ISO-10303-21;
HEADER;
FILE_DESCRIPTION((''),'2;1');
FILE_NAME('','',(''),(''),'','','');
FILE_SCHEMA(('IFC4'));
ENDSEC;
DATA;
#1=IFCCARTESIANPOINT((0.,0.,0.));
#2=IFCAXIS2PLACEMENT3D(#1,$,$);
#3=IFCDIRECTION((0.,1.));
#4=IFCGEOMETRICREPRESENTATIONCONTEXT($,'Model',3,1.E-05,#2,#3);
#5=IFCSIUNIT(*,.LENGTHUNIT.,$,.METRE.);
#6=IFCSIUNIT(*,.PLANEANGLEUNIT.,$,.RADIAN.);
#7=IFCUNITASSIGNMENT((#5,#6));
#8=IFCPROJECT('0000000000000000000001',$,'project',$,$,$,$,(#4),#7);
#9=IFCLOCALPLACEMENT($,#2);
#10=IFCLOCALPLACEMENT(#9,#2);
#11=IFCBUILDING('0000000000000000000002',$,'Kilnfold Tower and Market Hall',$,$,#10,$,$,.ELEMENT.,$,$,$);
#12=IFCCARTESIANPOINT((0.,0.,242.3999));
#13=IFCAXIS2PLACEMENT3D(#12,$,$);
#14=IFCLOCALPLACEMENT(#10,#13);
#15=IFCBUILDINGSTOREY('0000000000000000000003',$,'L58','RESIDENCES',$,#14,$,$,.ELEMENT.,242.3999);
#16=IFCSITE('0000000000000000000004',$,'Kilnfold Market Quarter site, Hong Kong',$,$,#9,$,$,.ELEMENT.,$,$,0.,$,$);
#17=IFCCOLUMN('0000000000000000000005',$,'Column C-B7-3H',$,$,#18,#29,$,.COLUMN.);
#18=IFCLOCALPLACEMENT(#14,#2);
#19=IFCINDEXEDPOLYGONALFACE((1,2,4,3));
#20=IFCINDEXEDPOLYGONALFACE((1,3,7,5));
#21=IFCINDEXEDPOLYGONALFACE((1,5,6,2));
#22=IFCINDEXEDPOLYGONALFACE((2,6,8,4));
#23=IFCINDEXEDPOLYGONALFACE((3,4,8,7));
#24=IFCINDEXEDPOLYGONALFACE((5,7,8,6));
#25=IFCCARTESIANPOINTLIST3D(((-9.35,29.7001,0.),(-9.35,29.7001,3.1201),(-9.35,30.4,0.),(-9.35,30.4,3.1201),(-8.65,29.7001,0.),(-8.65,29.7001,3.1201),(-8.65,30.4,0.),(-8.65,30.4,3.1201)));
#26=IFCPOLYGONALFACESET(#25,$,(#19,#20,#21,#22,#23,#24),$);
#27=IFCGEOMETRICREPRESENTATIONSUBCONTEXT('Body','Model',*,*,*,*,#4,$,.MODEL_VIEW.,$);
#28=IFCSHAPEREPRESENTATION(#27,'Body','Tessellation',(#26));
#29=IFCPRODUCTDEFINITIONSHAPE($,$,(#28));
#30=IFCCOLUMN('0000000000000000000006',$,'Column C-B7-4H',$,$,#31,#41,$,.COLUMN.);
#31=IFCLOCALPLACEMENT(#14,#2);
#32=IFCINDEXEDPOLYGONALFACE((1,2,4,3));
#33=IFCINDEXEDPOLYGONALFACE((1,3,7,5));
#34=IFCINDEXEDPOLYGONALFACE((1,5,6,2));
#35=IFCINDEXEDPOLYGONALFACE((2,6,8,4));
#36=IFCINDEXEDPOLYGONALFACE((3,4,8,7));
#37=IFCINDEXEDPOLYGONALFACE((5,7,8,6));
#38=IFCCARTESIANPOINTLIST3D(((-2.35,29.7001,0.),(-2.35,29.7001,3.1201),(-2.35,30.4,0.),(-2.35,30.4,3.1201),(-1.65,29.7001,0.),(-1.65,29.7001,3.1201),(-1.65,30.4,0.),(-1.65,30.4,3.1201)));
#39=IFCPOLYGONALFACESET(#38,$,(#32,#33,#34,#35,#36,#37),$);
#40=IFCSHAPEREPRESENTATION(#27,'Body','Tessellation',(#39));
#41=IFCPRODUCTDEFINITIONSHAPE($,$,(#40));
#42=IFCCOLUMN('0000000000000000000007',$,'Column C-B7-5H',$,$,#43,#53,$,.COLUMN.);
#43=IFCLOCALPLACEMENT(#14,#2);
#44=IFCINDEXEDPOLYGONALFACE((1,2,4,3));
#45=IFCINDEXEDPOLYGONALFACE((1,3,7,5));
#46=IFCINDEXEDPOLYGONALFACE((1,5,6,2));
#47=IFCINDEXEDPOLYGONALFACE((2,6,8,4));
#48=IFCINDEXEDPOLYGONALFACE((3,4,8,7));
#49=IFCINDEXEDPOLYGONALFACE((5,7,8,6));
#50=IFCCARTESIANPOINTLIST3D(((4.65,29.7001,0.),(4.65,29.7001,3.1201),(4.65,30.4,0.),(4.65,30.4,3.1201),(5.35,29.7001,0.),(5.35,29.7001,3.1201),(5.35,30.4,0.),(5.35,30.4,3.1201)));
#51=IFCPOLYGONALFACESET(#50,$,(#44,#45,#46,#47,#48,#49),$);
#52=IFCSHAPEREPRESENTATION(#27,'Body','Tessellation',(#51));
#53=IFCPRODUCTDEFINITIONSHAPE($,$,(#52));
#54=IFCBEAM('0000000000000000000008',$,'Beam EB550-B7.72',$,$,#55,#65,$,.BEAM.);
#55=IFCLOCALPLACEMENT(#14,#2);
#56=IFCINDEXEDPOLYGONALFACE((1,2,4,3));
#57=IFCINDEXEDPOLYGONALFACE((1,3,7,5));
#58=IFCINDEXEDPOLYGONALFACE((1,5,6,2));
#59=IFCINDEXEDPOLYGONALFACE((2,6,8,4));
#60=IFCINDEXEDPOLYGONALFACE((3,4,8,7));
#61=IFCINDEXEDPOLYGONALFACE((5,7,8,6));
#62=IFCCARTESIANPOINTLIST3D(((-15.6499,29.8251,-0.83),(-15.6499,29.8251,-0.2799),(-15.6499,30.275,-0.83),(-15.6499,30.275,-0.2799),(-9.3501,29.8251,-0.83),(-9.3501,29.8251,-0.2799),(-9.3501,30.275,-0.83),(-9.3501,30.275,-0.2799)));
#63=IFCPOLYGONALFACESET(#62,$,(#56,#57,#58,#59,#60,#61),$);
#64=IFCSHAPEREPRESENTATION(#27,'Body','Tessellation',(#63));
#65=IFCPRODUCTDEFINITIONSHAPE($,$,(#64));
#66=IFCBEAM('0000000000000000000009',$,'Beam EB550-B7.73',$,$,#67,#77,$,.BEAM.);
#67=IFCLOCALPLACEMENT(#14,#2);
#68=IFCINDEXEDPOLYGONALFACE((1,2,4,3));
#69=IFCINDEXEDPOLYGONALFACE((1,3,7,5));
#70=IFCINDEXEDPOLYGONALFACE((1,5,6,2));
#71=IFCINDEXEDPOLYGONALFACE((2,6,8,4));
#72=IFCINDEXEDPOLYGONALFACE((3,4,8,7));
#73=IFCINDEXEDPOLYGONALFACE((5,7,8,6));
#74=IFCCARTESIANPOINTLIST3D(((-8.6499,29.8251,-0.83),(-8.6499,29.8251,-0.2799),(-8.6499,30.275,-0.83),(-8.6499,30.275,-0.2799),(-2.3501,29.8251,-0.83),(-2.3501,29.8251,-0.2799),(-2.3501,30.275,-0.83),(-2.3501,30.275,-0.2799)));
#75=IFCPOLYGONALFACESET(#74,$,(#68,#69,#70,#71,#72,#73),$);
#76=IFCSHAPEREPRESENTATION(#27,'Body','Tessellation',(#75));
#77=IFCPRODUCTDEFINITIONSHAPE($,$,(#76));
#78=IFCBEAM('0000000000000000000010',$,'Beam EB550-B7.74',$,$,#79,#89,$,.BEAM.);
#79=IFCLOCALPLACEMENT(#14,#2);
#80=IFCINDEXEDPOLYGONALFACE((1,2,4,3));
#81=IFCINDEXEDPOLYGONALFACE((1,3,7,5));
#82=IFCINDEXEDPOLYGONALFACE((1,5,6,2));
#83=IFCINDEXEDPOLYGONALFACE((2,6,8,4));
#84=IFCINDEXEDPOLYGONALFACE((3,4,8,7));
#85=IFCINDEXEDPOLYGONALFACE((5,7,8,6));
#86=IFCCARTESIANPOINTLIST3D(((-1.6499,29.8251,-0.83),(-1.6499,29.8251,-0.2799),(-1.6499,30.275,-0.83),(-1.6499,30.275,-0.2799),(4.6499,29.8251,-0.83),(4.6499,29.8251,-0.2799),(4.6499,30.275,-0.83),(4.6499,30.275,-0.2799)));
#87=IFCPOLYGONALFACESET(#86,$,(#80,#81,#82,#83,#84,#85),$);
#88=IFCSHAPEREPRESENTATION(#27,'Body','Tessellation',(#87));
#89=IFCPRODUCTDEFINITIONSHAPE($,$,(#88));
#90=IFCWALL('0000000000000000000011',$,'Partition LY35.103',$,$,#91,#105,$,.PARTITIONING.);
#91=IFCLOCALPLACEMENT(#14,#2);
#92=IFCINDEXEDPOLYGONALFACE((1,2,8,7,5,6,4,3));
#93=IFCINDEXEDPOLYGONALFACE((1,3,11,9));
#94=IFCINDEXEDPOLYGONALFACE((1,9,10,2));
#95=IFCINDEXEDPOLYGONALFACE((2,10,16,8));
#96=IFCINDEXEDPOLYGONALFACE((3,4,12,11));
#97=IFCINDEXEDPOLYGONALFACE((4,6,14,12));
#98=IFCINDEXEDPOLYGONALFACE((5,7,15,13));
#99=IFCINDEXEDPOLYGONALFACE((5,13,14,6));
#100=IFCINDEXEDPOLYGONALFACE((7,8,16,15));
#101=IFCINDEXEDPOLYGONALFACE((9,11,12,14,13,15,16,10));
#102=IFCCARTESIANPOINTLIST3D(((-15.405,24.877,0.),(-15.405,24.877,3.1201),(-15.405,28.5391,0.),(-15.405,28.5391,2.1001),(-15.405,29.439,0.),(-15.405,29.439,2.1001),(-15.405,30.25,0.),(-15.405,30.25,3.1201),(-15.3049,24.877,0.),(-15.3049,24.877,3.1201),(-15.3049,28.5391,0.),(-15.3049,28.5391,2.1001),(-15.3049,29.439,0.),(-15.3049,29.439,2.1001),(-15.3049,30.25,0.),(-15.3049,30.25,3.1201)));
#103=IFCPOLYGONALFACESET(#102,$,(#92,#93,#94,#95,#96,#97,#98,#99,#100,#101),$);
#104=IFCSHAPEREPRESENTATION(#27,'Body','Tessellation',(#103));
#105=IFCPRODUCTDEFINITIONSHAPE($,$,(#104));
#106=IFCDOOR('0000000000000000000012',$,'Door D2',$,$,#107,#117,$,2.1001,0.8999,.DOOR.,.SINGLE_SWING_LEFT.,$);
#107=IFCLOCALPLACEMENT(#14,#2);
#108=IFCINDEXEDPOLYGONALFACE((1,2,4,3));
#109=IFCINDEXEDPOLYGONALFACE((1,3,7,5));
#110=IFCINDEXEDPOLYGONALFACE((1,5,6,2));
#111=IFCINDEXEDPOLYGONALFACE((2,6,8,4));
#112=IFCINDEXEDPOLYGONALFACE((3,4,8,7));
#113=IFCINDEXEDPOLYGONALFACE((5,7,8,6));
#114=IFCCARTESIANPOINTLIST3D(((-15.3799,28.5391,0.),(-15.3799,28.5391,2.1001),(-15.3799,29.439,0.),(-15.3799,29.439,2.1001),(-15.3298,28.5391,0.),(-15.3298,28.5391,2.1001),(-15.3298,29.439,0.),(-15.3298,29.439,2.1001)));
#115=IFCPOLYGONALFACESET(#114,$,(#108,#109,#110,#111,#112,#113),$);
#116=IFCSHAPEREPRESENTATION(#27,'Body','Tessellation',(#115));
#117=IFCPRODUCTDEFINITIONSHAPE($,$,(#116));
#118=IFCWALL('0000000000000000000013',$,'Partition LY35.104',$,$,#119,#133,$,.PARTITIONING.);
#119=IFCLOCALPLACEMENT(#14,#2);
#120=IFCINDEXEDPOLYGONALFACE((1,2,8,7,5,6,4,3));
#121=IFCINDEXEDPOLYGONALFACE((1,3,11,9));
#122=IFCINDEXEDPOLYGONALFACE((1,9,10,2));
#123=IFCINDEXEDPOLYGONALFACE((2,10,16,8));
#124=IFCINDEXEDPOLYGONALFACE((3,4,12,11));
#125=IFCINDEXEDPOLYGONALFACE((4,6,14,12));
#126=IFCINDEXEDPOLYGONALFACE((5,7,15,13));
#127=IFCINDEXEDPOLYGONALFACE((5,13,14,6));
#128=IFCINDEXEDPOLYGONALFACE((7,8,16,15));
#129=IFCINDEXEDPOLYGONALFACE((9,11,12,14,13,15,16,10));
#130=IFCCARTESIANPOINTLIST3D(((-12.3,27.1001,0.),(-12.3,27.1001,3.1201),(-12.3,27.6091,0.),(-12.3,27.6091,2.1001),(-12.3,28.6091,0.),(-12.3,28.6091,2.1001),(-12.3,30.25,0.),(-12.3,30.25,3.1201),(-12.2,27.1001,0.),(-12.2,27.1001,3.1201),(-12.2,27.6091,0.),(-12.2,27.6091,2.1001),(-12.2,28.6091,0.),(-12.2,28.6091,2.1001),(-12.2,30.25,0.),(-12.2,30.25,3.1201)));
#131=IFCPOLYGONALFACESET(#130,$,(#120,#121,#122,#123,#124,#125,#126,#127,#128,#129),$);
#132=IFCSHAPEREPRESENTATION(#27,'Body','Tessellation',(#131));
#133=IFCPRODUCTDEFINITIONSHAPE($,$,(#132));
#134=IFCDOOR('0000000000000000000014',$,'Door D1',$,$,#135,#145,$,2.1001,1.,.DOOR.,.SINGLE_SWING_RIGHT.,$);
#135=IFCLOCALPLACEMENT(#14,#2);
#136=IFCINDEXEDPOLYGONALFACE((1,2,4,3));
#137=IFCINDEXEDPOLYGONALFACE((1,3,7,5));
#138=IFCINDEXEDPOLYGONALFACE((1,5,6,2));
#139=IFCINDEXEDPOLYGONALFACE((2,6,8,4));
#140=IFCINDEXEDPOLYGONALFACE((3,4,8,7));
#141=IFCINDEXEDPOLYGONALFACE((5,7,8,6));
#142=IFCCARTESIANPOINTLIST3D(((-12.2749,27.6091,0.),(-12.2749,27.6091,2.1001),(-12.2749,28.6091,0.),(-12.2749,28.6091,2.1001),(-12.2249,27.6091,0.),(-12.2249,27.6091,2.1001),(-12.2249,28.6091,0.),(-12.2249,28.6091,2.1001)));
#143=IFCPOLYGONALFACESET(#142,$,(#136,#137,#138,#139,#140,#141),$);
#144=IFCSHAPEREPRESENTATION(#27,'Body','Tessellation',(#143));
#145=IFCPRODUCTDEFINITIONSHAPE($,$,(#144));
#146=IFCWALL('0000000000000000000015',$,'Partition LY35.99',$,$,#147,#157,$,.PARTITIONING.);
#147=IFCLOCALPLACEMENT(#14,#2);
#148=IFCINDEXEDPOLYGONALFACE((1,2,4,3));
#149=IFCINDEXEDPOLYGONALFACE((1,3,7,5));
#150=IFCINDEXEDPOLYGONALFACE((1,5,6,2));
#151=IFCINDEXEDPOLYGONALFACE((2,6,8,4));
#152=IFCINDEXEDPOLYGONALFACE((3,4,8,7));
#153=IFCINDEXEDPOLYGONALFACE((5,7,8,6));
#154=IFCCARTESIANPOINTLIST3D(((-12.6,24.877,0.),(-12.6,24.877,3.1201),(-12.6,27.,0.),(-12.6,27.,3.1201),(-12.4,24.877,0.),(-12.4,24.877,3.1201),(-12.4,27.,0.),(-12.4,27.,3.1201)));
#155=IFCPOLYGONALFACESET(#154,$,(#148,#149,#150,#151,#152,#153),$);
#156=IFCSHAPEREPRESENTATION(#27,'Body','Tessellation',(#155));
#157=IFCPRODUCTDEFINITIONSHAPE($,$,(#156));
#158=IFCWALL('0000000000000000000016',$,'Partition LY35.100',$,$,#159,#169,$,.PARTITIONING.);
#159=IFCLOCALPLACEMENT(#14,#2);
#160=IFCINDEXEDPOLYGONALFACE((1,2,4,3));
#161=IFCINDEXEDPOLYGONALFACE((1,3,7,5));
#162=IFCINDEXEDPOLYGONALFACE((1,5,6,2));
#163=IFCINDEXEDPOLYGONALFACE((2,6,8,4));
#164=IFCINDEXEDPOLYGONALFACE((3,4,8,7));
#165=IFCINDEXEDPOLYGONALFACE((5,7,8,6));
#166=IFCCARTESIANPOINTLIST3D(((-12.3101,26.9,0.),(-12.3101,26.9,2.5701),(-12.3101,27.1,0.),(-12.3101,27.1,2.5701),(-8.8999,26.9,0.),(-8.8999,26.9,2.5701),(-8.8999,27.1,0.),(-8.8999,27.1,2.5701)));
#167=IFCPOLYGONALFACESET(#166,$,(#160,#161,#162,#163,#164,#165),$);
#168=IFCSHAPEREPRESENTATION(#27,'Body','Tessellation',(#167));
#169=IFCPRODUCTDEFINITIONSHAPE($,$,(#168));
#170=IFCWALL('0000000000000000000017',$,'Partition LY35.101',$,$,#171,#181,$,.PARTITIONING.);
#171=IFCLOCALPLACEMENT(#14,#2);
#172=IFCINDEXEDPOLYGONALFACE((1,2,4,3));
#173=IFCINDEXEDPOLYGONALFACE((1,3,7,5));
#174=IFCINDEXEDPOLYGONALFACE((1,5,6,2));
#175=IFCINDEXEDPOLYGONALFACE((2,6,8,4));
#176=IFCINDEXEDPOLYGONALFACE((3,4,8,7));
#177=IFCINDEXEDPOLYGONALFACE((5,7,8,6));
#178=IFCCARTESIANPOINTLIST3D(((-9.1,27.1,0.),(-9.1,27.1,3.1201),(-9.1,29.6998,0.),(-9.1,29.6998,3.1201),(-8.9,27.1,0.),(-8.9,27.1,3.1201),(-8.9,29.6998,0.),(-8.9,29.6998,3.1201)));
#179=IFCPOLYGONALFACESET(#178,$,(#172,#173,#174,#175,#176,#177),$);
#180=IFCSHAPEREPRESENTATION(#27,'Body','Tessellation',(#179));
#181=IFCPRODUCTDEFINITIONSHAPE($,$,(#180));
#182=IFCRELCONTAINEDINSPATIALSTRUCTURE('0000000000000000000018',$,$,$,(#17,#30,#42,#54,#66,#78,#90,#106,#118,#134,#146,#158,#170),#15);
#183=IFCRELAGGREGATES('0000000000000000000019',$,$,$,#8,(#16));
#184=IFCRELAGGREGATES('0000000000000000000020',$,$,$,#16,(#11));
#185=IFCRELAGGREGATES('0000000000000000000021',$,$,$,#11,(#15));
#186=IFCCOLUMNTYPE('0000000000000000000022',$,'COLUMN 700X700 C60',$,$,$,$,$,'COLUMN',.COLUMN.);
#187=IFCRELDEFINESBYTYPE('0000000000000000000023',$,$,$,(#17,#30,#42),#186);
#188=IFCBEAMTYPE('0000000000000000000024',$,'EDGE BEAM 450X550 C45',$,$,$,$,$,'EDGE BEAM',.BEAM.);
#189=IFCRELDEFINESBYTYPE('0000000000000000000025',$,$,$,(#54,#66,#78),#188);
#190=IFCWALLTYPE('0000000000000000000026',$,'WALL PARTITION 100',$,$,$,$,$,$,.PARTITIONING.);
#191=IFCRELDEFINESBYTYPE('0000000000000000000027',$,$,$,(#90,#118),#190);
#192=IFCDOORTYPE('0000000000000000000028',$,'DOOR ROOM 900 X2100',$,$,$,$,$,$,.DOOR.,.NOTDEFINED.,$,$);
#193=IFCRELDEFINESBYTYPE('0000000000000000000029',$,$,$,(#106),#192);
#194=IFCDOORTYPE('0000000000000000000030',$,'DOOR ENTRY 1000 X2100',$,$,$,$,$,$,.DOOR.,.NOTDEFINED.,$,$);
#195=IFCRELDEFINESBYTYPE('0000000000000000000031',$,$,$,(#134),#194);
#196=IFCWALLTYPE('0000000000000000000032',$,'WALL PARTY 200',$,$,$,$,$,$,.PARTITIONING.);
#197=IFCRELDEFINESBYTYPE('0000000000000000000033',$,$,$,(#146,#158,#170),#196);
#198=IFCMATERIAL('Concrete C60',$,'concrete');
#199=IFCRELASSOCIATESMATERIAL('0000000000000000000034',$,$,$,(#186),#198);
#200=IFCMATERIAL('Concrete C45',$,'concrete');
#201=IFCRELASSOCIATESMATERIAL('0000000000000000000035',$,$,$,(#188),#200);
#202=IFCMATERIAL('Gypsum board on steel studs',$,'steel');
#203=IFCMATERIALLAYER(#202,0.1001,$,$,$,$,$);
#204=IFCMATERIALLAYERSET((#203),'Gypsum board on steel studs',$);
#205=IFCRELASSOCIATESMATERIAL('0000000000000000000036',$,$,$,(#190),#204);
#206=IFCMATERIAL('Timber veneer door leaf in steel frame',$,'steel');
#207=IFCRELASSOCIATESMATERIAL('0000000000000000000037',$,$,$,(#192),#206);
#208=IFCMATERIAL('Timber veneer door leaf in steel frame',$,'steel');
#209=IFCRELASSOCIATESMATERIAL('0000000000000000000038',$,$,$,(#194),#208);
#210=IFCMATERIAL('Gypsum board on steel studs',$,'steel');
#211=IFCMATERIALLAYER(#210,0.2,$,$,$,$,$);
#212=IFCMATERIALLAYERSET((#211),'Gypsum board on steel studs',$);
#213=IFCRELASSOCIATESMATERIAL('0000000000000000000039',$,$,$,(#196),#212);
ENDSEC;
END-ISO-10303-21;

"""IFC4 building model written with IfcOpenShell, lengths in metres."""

from ifc_helpers import new_model, si_unit, direction, frame, frame_2d, origin, origin_2d, place, context, subcontext, project, spatial, rectangle, extrude, source, transform, mapped, material, layer, layer_set, material_profile, profile_set, type_object, element, fill, save


model = new_model("IFC4")

# Units and contexts
model_context = context("Model", 3, precision=1e-05, world=origin(), true_north=direction((0.0, 1.0)))
body_context = subcontext(model_context, "Body", "Model", "MODEL_VIEW")
ifc_project = project(units=[si_unit("LENGTHUNIT", "METRE"), si_unit("PLANEANGLEUNIT", "RADIAN")], contexts=[model_context])

# Site, building, storey
site_placement = place(None, origin())
site = spatial("IfcSite", under=ifc_project, at=site_placement, Name="Kilnfold Market Quarter site, Hong Kong", CompositionType="ELEMENT", RefElevation=0.0)
building_placement = place(site_placement, origin())
building = spatial("IfcBuilding", under=site, at=building_placement, Name="Kilnfold Tower and Market Hall", CompositionType="ELEMENT")
storey_placement = place(building_placement, frame((0.0, 0.0, 242.3999)))
storey = spatial("IfcBuildingStorey", under=building, at=storey_placement, Name="L58", Description="RESIDENCES", CompositionType="ELEMENT", Elevation=242.3999)

# Columns
ifc_material_1 = material(Name="Concrete C60", Category="concrete")
ifc_material_profile_1 = material_profile(ifc_material_1, rectangle(XDim=0.7, YDim=0.7, at=origin_2d()), Name="RC 700x700")
ifc_profile_set_1 = profile_set([ifc_material_profile_1], Name="Concrete C60")
column_type = type_object("IfcColumnType", Name="COLUMN 700X700 C60", ElementType="COLUMN", PredefinedType="COLUMN", material=ifc_profile_set_1)
shared_shape_1 = source(origin(), body_context, "Body", "SweptSolid", [
    extrude(rectangle(XDim=0.7, YDim=0.7, at=origin_2d()), origin(), (0.0, 0.0, 1.0), 3.1201),
])
for number, where, z_axis, x_axis, name in (
    (1, (-9.0, 30.05, 0.0), (0.0, 0.0, 1.0), (1.0, 0.0, 0.0), "Column C-B7-3H"),
    (2, (-2.0, 30.05, 0.0), (0.0, 0.0, 1.0), (1.0, 0.0, 0.0), "Column C-B7-4H"),
    (3, (5.0, 30.05, 0.0), (0.0, 0.0, 1.0), (1.0, 0.0, 0.0), "Column C-B7-5H"),
):
    element("IfcColumn", number, at=place(storey_placement, frame(where, z_axis=z_axis, x_axis=x_axis)), inside=storey, type_object=column_type, Name=name, PredefinedType="COLUMN", context=body_context, shape_type="MappedRepresentation", body=[
        mapped(shared_shape_1, transform((0.0, 0.0, 0.0))),
    ])

# Beams
ifc_material_2 = material(Name="Concrete C45", Category="concrete")
ifc_material_profile_2 = material_profile(ifc_material_2, rectangle(XDim=0.45, YDim=0.55, at=origin_2d()), Name="RC 450x550")
ifc_profile_set_2 = profile_set([ifc_material_profile_2], Name="Concrete C45")
beam_type = type_object("IfcBeamType", Name="EDGE BEAM 450X550 C45", ElementType="EDGE BEAM", PredefinedType="BEAM", material=ifc_profile_set_2)
shared_shape_2 = source(origin(), body_context, "Body", "SweptSolid", [
    extrude(rectangle(XDim=0.45, YDim=0.55, at=origin_2d()), origin(), (0.0, 0.0, 1.0), 6.2998),
])
for number, where, z_axis, x_axis, name in (
    (4, (-15.6499, 30.05, -0.5549), (1.0, 0.0, 0.0), (0.0, 1.0, 0.0), "Beam EB550-B7.72"),
    (5, (-8.6499, 30.05, -0.5549), (1.0, 0.0, 0.0), (0.0, 1.0, 0.0), "Beam EB550-B7.73"),
    (6, (-1.6499, 30.05, -0.5549), (1.0, 0.0, 0.0), (0.0, 1.0, 0.0), "Beam EB550-B7.74"),
):
    element("IfcBeam", number, at=place(storey_placement, frame(where, z_axis=z_axis, x_axis=x_axis)), inside=storey, type_object=beam_type, Name=name, PredefinedType="BEAM", context=body_context, shape_type="MappedRepresentation", body=[
        mapped(shared_shape_2, transform((0.0, 0.0, 0.0))),
    ])

# Walls, openings, doors
ifc_material_3 = material(Name="Gypsum board on steel studs", Category="steel")
ifc_layer_1 = layer(ifc_material_3, 0.1001)
ifc_layer_set_1 = layer_set([ifc_layer_1], Name="Gypsum board on steel studs")
wall_type_1 = type_object("IfcWallType", Name="WALL PARTITION 100", PredefinedType="PARTITIONING", material=ifc_layer_set_1)
wall_1_placement = place(storey_placement, frame((-15.355, 24.877, 0.0), z_axis=(0.0, 0.0, 1.0), x_axis=(0.0, 1.0, 0.0)))
wall_1 = element("IfcWall", 7, at=wall_1_placement, inside=storey, type_object=wall_type_1, Name="Partition LY35.103", PredefinedType="PARTITIONING", context=body_context, shape_type="SweptSolid", body=[
    extrude(rectangle(XDim=5.373, YDim=0.1001, at=frame_2d((2.6865, 0.0))), origin(), (0.0, 0.0, 1.0), 3.1201),
])
opening_1_placement = place(wall_1_placement, frame((3.6621, 0.0, 0.0)))
opening_1 = element("IfcOpeningElement", 8, at=opening_1_placement, cuts=wall_1, PredefinedType="OPENING", context=body_context, shape_type="SweptSolid", body=[
    extrude(rectangle(XDim=0.8999, YDim=2.1001, at=frame_2d((0.45, 1.05))), frame((0.0, 0.0601, 0.0), z_axis=(0.0, -1.0, 0.0), x_axis=(1.0, 0.0, 0.0)), (0.0, 0.0, 1.0), 0.1201),
])
ifc_material_4 = material(Name="Timber veneer door leaf in steel frame", Category="steel")
door_type_1 = type_object("IfcDoorType", Name="DOOR ROOM 900 X2100", OperationType="NOTDEFINED", PredefinedType="DOOR", material=ifc_material_4)
door_1_placement = place(opening_1_placement, origin())
door_1 = element("IfcDoor", 9, at=door_1_placement, inside=storey, type_object=door_type_1, Name="Door D2", OperationType="SINGLE_SWING_LEFT", OverallHeight=2.1001, OverallWidth=0.8999, PredefinedType="DOOR", context=body_context, shape_type="SweptSolid", body=[
    extrude(rectangle(XDim=0.8999, YDim=2.1001, at=frame_2d((0.45, 1.05))), frame((0.0, 0.0249, 0.0), z_axis=(0.0, -1.0, 0.0), x_axis=(1.0, 0.0, 0.0)), (0.0, 0.0, 1.0), 0.05),
])
fill(opening_1, door_1)
wall_2_placement = place(storey_placement, frame((-12.25, 27.1001, 0.0), z_axis=(0.0, 0.0, 1.0), x_axis=(0.0, 1.0, 0.0)))
wall_2 = element("IfcWall", 10, at=wall_2_placement, inside=storey, type_object=wall_type_1, Name="Partition LY35.104", PredefinedType="PARTITIONING", context=body_context, shape_type="SweptSolid", body=[
    extrude(rectangle(XDim=3.1499, YDim=0.1001, at=frame_2d((1.575, 0.0))), origin(), (0.0, 0.0, 1.0), 3.1201),
])
opening_2_placement = place(wall_2_placement, frame((0.509, 0.0, 0.0)))
opening_2 = element("IfcOpeningElement", 11, at=opening_2_placement, cuts=wall_2, PredefinedType="OPENING", context=body_context, shape_type="SweptSolid", body=[
    extrude(rectangle(XDim=1.0, YDim=2.1001, at=frame_2d((0.5, 1.05))), frame((0.0, 0.0601, 0.0), z_axis=(0.0, -1.0, 0.0), x_axis=(1.0, 0.0, 0.0)), (0.0, 0.0, 1.0), 0.1201),
])
ifc_material_5 = material(Name="Timber veneer door leaf in steel frame", Category="steel")
door_type_2 = type_object("IfcDoorType", Name="DOOR ENTRY 1000 X2100", OperationType="NOTDEFINED", PredefinedType="DOOR", material=ifc_material_5)
door_2_placement = place(opening_2_placement, origin())
door_2 = element("IfcDoor", 12, at=door_2_placement, inside=storey, type_object=door_type_2, Name="Door D1", OperationType="SINGLE_SWING_RIGHT", OverallHeight=2.1001, OverallWidth=1.0, PredefinedType="DOOR", context=body_context, shape_type="SweptSolid", body=[
    extrude(rectangle(XDim=1.0, YDim=2.1001, at=frame_2d((0.5, 1.05))), frame((0.0, 0.0249, 0.0), z_axis=(0.0, -1.0, 0.0), x_axis=(1.0, 0.0, 0.0)), (0.0, 0.0, 1.0), 0.05),
])
fill(opening_2, door_2)

# Walls
ifc_material_6 = material(Name="Gypsum board on steel studs", Category="steel")
ifc_layer_2 = layer(ifc_material_6, 0.2)
ifc_layer_set_2 = layer_set([ifc_layer_2], Name="Gypsum board on steel studs")
wall_type_2 = type_object("IfcWallType", Name="WALL PARTY 200", PredefinedType="PARTITIONING", material=ifc_layer_set_2)
wall_3_placement = place(storey_placement, frame((-12.5, 27.0, 0.0), z_axis=(0.0, 0.0, 1.0), x_axis=(0.0, -1.0, 0.0)))
element("IfcWall", 13, at=wall_3_placement, inside=storey, type_object=wall_type_2, Name="Partition LY35.99", PredefinedType="PARTITIONING", context=body_context, shape_type="SweptSolid", body=[
    extrude(rectangle(XDim=2.123, YDim=0.2, at=frame_2d((1.0615, 0.0))), origin(), (0.0, 0.0, 1.0), 3.1201),
])
wall_4_placement = place(storey_placement, frame((-8.8999, 27.0, 0.0), z_axis=(0.0, 0.0, 1.0), x_axis=(-1.0, 0.0, 0.0)))
element("IfcWall", 14, at=wall_4_placement, inside=storey, type_object=wall_type_2, Name="Partition LY35.100", PredefinedType="PARTITIONING", context=body_context, shape_type="SweptSolid", body=[
    extrude(rectangle(XDim=3.4102, YDim=0.2, at=frame_2d((1.7051, 0.0))), origin(), (0.0, 0.0, 1.0), 2.5701),
])
wall_5_placement = place(storey_placement, frame((-9.0, 27.1001, 0.0), z_axis=(0.0, 0.0, 1.0), x_axis=(0.0, 1.0, 0.0)))
element("IfcWall", 15, at=wall_5_placement, inside=storey, type_object=wall_type_2, Name="Partition LY35.101", PredefinedType="PARTITIONING", context=body_context, shape_type="SweptSolid", body=[
    extrude(rectangle(XDim=2.5999, YDim=0.2, at=frame_2d((1.2998, 0.0))), origin(), (0.0, 0.0, 1.0), 3.1201),
])

save(model, "model.ifc")
